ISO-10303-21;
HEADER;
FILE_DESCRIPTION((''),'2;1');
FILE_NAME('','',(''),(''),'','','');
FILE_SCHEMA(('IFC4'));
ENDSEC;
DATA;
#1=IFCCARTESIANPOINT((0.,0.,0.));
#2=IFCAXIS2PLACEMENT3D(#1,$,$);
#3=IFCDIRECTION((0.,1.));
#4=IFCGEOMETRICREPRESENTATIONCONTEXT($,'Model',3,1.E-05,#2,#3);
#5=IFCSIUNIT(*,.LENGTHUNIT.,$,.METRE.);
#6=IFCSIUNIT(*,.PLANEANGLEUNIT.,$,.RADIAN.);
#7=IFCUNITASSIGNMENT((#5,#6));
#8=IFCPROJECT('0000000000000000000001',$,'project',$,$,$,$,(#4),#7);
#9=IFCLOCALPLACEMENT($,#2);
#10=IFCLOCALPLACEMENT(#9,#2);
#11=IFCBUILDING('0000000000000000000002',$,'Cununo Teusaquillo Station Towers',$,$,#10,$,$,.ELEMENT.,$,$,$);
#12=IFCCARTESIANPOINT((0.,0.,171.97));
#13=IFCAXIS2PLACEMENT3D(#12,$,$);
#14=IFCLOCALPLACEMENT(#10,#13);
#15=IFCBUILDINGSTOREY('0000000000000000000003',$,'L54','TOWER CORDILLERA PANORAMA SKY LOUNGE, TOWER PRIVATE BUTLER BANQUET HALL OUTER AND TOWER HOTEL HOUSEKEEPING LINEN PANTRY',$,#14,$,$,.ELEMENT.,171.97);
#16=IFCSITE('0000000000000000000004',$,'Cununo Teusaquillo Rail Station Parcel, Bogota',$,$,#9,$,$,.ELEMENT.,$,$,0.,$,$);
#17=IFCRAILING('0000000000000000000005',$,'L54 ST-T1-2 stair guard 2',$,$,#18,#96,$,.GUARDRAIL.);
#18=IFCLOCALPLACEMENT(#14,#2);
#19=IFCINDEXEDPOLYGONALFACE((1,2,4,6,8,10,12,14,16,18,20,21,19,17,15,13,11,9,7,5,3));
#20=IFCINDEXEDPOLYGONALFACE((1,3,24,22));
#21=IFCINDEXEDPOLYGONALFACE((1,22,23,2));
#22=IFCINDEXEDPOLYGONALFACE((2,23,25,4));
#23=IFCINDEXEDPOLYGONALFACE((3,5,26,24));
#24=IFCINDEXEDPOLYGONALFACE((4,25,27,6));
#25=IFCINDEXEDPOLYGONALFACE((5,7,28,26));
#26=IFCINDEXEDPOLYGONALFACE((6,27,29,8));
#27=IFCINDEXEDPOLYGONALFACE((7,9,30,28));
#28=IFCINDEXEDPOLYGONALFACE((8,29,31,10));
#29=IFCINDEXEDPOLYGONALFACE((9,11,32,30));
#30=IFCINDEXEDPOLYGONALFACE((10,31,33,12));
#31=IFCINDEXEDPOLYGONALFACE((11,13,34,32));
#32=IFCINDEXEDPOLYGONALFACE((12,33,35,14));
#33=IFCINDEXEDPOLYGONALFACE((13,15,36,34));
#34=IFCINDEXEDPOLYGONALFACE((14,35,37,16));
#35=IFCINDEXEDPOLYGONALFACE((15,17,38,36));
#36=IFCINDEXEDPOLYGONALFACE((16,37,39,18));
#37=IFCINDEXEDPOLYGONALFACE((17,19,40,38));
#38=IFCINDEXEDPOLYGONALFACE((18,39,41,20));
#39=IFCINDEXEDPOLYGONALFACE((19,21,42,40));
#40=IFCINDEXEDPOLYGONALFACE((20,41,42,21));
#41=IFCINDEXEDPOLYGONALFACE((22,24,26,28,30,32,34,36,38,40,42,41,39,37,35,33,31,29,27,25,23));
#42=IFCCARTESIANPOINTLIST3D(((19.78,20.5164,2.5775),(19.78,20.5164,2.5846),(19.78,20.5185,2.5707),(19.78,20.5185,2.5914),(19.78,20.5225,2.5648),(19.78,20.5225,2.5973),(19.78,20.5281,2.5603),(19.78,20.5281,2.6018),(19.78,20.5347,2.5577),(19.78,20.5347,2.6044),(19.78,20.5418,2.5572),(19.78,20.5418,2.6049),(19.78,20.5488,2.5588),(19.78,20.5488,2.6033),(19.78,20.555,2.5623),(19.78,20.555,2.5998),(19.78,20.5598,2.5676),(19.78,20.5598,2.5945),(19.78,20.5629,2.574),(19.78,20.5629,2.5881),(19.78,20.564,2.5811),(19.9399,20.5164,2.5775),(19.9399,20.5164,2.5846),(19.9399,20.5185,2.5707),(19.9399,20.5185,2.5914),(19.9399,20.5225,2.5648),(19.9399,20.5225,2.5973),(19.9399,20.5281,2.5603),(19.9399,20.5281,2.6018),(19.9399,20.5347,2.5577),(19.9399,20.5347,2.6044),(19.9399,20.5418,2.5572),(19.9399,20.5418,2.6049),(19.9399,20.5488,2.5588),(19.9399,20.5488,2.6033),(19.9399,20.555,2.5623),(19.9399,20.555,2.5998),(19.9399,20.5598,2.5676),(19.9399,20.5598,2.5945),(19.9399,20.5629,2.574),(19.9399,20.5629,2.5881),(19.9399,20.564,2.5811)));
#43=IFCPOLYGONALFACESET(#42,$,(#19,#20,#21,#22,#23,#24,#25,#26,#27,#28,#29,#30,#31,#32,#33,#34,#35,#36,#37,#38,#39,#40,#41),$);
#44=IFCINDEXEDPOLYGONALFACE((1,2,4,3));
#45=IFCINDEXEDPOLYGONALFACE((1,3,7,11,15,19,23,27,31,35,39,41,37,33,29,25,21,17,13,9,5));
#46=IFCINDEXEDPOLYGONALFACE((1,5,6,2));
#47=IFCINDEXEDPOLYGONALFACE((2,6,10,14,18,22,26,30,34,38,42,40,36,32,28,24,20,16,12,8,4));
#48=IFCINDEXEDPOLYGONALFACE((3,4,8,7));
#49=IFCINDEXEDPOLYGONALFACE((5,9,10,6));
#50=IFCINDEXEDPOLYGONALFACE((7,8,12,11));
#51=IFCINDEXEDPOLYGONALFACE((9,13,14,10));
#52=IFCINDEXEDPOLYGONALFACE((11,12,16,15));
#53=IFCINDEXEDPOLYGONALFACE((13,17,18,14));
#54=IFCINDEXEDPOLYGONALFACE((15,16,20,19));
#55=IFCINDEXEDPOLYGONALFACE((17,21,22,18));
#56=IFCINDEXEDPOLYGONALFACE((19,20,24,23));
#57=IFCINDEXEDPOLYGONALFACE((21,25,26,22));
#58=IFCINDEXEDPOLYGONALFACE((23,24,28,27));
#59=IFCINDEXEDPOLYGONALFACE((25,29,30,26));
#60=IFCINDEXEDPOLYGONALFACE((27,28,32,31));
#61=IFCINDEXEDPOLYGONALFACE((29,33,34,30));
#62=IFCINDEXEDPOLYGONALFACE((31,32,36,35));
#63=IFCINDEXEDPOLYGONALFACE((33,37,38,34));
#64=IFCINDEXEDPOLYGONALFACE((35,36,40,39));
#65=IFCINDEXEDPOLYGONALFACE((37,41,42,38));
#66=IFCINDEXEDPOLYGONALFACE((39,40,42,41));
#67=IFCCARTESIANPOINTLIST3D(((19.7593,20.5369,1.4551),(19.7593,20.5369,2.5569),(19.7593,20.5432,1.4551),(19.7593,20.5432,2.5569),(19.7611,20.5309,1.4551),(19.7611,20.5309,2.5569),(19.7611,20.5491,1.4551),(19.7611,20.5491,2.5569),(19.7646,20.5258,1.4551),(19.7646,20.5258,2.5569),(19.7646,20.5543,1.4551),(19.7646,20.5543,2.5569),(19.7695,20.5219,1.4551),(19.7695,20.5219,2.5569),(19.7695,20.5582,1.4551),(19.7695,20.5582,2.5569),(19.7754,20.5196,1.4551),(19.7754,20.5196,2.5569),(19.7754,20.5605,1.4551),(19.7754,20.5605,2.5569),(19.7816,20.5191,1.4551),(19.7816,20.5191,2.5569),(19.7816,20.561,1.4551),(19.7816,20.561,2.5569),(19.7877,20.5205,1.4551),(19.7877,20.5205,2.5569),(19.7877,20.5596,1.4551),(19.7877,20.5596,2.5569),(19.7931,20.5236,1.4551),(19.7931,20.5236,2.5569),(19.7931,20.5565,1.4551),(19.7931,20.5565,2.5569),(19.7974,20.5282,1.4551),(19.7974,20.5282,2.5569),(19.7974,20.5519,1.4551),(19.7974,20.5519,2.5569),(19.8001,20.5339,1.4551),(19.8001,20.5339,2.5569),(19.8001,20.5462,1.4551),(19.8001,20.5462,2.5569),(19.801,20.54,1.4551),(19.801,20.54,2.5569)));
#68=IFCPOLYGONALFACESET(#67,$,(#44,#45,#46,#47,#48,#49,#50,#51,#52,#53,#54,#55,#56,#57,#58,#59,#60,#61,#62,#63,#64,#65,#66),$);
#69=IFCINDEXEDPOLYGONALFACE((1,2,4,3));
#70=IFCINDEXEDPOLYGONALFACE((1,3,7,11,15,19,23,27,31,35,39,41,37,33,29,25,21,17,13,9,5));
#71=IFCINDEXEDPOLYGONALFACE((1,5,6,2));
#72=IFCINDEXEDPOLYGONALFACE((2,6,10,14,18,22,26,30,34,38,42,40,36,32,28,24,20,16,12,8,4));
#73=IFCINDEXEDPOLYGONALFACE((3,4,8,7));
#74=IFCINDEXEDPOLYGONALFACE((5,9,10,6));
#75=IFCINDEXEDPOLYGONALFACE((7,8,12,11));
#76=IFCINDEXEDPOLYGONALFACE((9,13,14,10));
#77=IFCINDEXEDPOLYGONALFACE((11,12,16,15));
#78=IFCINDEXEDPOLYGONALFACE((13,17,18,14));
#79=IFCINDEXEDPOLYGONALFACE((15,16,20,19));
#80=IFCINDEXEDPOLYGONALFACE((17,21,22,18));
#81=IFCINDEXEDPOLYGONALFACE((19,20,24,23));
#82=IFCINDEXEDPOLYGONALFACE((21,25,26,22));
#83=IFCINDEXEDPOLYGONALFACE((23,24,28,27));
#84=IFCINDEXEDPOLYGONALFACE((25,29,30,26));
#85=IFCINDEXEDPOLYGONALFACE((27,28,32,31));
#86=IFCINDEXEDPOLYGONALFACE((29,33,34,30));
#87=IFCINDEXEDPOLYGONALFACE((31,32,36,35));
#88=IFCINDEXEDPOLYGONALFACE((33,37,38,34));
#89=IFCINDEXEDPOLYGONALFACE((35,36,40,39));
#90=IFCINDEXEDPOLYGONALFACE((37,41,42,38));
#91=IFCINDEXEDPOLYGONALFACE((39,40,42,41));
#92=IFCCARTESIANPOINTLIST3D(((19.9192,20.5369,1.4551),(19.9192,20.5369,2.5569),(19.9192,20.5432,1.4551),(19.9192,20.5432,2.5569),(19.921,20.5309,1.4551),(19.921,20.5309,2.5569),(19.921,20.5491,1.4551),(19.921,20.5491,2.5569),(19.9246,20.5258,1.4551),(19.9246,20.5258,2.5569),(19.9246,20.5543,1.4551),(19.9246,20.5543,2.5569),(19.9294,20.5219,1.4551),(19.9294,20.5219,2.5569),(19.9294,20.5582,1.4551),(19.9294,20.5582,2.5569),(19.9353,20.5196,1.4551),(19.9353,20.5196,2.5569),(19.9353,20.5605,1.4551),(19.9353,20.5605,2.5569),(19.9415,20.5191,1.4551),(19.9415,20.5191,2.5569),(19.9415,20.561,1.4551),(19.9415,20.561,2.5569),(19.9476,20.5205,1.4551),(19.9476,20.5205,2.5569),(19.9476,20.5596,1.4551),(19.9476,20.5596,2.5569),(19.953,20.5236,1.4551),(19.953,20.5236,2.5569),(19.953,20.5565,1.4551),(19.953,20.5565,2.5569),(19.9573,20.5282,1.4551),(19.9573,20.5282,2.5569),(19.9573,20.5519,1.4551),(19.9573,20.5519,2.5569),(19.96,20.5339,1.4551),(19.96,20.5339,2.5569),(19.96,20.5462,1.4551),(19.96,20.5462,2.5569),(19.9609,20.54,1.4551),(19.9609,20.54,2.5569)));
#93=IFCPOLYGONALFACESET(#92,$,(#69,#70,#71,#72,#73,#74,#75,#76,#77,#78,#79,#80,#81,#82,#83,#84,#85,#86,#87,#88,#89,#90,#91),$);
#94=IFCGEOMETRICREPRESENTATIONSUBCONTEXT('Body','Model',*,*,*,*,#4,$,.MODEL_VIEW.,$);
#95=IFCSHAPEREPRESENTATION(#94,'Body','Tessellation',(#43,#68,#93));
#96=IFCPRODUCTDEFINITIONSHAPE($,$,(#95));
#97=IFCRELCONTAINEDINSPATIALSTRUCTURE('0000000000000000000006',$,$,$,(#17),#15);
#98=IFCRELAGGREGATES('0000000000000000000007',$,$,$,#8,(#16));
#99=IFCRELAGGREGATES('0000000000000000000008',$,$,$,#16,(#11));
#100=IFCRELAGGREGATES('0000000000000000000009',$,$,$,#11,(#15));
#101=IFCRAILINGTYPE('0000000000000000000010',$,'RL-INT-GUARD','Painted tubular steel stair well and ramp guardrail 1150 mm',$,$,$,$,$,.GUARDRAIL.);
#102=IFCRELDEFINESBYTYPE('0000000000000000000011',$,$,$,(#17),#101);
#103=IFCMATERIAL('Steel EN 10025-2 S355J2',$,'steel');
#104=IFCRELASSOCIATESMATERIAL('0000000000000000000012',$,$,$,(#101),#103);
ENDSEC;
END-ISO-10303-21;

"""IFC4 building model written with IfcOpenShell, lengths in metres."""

from ifc_helpers import new_model, si_unit, direction, frame, origin, origin_2d, place, context, subcontext, project, spatial, circle, extrude, material, type_object, element, save


model = new_model("IFC4")

# Units and contexts
model_context = context("Model", 3, precision=1e-05, world=origin(), true_north=direction((0.0, 1.0)))
body_context = subcontext(model_context, "Body", "Model", "MODEL_VIEW")
ifc_project = project(units=[si_unit("LENGTHUNIT", "METRE"), si_unit("PLANEANGLEUNIT", "RADIAN")], contexts=[model_context])

# Site, building, storey
site_placement = place(None, origin())
site = spatial("IfcSite", under=ifc_project, at=site_placement, Name="Cununo Teusaquillo Rail Station Parcel, Bogota", CompositionType="ELEMENT", RefElevation=0.0)
building_placement = place(site_placement, origin())
building = spatial("IfcBuilding", under=site, at=building_placement, Name="Cununo Teusaquillo Station Towers", CompositionType="ELEMENT")
storey_placement = place(building_placement, frame((0.0, 0.0, 171.97)))
storey = spatial("IfcBuildingStorey", under=building, at=storey_placement, Name="L54", Description="TOWER CORDILLERA PANORAMA SKY LOUNGE, TOWER PRIVATE BUTLER BANQUET HALL OUTER AND TOWER HOTEL HOUSEKEEPING LINEN PANTRY", CompositionType="ELEMENT", Elevation=171.97)

# Railing
ifc_material_1 = material(Name="Steel EN 10025-2 S355J2", Category="steel")
railing_type_1 = type_object("IfcRailingType", Name="RL-INT-GUARD", Description="Painted tubular steel stair well and ramp guardrail 1150 mm", PredefinedType="GUARDRAIL", material=ifc_material_1)
railing_1_placement = place(storey_placement, frame((19.78, 20.54, 1.4551)))
element("IfcRailing", 1, at=railing_1_placement, inside=storey, type_object=railing_type_1, Name="L54 ST-T1-2 stair guard 2", PredefinedType="GUARDRAIL", context=body_context, shape_type="SweptSolid", body=[
    extrude(circle(Radius=0.0239, at=origin_2d()), frame((0.0, 0.0, 1.126), z_axis=(1.0, 0.0, 0.0), x_axis=(0.0, 1.0, 0.0)), (0.0, 0.0, 1.0), 0.1599),
    extrude(circle(Radius=0.021, at=origin_2d()), origin(), (0.0, 0.0, 1.0), 1.1018),
    extrude(circle(Radius=0.021, at=origin_2d()), frame((0.1599, 0.0, 0.0)), (0.0, 0.0, 1.0), 1.1018),
])

save(model, "model.ifc")
